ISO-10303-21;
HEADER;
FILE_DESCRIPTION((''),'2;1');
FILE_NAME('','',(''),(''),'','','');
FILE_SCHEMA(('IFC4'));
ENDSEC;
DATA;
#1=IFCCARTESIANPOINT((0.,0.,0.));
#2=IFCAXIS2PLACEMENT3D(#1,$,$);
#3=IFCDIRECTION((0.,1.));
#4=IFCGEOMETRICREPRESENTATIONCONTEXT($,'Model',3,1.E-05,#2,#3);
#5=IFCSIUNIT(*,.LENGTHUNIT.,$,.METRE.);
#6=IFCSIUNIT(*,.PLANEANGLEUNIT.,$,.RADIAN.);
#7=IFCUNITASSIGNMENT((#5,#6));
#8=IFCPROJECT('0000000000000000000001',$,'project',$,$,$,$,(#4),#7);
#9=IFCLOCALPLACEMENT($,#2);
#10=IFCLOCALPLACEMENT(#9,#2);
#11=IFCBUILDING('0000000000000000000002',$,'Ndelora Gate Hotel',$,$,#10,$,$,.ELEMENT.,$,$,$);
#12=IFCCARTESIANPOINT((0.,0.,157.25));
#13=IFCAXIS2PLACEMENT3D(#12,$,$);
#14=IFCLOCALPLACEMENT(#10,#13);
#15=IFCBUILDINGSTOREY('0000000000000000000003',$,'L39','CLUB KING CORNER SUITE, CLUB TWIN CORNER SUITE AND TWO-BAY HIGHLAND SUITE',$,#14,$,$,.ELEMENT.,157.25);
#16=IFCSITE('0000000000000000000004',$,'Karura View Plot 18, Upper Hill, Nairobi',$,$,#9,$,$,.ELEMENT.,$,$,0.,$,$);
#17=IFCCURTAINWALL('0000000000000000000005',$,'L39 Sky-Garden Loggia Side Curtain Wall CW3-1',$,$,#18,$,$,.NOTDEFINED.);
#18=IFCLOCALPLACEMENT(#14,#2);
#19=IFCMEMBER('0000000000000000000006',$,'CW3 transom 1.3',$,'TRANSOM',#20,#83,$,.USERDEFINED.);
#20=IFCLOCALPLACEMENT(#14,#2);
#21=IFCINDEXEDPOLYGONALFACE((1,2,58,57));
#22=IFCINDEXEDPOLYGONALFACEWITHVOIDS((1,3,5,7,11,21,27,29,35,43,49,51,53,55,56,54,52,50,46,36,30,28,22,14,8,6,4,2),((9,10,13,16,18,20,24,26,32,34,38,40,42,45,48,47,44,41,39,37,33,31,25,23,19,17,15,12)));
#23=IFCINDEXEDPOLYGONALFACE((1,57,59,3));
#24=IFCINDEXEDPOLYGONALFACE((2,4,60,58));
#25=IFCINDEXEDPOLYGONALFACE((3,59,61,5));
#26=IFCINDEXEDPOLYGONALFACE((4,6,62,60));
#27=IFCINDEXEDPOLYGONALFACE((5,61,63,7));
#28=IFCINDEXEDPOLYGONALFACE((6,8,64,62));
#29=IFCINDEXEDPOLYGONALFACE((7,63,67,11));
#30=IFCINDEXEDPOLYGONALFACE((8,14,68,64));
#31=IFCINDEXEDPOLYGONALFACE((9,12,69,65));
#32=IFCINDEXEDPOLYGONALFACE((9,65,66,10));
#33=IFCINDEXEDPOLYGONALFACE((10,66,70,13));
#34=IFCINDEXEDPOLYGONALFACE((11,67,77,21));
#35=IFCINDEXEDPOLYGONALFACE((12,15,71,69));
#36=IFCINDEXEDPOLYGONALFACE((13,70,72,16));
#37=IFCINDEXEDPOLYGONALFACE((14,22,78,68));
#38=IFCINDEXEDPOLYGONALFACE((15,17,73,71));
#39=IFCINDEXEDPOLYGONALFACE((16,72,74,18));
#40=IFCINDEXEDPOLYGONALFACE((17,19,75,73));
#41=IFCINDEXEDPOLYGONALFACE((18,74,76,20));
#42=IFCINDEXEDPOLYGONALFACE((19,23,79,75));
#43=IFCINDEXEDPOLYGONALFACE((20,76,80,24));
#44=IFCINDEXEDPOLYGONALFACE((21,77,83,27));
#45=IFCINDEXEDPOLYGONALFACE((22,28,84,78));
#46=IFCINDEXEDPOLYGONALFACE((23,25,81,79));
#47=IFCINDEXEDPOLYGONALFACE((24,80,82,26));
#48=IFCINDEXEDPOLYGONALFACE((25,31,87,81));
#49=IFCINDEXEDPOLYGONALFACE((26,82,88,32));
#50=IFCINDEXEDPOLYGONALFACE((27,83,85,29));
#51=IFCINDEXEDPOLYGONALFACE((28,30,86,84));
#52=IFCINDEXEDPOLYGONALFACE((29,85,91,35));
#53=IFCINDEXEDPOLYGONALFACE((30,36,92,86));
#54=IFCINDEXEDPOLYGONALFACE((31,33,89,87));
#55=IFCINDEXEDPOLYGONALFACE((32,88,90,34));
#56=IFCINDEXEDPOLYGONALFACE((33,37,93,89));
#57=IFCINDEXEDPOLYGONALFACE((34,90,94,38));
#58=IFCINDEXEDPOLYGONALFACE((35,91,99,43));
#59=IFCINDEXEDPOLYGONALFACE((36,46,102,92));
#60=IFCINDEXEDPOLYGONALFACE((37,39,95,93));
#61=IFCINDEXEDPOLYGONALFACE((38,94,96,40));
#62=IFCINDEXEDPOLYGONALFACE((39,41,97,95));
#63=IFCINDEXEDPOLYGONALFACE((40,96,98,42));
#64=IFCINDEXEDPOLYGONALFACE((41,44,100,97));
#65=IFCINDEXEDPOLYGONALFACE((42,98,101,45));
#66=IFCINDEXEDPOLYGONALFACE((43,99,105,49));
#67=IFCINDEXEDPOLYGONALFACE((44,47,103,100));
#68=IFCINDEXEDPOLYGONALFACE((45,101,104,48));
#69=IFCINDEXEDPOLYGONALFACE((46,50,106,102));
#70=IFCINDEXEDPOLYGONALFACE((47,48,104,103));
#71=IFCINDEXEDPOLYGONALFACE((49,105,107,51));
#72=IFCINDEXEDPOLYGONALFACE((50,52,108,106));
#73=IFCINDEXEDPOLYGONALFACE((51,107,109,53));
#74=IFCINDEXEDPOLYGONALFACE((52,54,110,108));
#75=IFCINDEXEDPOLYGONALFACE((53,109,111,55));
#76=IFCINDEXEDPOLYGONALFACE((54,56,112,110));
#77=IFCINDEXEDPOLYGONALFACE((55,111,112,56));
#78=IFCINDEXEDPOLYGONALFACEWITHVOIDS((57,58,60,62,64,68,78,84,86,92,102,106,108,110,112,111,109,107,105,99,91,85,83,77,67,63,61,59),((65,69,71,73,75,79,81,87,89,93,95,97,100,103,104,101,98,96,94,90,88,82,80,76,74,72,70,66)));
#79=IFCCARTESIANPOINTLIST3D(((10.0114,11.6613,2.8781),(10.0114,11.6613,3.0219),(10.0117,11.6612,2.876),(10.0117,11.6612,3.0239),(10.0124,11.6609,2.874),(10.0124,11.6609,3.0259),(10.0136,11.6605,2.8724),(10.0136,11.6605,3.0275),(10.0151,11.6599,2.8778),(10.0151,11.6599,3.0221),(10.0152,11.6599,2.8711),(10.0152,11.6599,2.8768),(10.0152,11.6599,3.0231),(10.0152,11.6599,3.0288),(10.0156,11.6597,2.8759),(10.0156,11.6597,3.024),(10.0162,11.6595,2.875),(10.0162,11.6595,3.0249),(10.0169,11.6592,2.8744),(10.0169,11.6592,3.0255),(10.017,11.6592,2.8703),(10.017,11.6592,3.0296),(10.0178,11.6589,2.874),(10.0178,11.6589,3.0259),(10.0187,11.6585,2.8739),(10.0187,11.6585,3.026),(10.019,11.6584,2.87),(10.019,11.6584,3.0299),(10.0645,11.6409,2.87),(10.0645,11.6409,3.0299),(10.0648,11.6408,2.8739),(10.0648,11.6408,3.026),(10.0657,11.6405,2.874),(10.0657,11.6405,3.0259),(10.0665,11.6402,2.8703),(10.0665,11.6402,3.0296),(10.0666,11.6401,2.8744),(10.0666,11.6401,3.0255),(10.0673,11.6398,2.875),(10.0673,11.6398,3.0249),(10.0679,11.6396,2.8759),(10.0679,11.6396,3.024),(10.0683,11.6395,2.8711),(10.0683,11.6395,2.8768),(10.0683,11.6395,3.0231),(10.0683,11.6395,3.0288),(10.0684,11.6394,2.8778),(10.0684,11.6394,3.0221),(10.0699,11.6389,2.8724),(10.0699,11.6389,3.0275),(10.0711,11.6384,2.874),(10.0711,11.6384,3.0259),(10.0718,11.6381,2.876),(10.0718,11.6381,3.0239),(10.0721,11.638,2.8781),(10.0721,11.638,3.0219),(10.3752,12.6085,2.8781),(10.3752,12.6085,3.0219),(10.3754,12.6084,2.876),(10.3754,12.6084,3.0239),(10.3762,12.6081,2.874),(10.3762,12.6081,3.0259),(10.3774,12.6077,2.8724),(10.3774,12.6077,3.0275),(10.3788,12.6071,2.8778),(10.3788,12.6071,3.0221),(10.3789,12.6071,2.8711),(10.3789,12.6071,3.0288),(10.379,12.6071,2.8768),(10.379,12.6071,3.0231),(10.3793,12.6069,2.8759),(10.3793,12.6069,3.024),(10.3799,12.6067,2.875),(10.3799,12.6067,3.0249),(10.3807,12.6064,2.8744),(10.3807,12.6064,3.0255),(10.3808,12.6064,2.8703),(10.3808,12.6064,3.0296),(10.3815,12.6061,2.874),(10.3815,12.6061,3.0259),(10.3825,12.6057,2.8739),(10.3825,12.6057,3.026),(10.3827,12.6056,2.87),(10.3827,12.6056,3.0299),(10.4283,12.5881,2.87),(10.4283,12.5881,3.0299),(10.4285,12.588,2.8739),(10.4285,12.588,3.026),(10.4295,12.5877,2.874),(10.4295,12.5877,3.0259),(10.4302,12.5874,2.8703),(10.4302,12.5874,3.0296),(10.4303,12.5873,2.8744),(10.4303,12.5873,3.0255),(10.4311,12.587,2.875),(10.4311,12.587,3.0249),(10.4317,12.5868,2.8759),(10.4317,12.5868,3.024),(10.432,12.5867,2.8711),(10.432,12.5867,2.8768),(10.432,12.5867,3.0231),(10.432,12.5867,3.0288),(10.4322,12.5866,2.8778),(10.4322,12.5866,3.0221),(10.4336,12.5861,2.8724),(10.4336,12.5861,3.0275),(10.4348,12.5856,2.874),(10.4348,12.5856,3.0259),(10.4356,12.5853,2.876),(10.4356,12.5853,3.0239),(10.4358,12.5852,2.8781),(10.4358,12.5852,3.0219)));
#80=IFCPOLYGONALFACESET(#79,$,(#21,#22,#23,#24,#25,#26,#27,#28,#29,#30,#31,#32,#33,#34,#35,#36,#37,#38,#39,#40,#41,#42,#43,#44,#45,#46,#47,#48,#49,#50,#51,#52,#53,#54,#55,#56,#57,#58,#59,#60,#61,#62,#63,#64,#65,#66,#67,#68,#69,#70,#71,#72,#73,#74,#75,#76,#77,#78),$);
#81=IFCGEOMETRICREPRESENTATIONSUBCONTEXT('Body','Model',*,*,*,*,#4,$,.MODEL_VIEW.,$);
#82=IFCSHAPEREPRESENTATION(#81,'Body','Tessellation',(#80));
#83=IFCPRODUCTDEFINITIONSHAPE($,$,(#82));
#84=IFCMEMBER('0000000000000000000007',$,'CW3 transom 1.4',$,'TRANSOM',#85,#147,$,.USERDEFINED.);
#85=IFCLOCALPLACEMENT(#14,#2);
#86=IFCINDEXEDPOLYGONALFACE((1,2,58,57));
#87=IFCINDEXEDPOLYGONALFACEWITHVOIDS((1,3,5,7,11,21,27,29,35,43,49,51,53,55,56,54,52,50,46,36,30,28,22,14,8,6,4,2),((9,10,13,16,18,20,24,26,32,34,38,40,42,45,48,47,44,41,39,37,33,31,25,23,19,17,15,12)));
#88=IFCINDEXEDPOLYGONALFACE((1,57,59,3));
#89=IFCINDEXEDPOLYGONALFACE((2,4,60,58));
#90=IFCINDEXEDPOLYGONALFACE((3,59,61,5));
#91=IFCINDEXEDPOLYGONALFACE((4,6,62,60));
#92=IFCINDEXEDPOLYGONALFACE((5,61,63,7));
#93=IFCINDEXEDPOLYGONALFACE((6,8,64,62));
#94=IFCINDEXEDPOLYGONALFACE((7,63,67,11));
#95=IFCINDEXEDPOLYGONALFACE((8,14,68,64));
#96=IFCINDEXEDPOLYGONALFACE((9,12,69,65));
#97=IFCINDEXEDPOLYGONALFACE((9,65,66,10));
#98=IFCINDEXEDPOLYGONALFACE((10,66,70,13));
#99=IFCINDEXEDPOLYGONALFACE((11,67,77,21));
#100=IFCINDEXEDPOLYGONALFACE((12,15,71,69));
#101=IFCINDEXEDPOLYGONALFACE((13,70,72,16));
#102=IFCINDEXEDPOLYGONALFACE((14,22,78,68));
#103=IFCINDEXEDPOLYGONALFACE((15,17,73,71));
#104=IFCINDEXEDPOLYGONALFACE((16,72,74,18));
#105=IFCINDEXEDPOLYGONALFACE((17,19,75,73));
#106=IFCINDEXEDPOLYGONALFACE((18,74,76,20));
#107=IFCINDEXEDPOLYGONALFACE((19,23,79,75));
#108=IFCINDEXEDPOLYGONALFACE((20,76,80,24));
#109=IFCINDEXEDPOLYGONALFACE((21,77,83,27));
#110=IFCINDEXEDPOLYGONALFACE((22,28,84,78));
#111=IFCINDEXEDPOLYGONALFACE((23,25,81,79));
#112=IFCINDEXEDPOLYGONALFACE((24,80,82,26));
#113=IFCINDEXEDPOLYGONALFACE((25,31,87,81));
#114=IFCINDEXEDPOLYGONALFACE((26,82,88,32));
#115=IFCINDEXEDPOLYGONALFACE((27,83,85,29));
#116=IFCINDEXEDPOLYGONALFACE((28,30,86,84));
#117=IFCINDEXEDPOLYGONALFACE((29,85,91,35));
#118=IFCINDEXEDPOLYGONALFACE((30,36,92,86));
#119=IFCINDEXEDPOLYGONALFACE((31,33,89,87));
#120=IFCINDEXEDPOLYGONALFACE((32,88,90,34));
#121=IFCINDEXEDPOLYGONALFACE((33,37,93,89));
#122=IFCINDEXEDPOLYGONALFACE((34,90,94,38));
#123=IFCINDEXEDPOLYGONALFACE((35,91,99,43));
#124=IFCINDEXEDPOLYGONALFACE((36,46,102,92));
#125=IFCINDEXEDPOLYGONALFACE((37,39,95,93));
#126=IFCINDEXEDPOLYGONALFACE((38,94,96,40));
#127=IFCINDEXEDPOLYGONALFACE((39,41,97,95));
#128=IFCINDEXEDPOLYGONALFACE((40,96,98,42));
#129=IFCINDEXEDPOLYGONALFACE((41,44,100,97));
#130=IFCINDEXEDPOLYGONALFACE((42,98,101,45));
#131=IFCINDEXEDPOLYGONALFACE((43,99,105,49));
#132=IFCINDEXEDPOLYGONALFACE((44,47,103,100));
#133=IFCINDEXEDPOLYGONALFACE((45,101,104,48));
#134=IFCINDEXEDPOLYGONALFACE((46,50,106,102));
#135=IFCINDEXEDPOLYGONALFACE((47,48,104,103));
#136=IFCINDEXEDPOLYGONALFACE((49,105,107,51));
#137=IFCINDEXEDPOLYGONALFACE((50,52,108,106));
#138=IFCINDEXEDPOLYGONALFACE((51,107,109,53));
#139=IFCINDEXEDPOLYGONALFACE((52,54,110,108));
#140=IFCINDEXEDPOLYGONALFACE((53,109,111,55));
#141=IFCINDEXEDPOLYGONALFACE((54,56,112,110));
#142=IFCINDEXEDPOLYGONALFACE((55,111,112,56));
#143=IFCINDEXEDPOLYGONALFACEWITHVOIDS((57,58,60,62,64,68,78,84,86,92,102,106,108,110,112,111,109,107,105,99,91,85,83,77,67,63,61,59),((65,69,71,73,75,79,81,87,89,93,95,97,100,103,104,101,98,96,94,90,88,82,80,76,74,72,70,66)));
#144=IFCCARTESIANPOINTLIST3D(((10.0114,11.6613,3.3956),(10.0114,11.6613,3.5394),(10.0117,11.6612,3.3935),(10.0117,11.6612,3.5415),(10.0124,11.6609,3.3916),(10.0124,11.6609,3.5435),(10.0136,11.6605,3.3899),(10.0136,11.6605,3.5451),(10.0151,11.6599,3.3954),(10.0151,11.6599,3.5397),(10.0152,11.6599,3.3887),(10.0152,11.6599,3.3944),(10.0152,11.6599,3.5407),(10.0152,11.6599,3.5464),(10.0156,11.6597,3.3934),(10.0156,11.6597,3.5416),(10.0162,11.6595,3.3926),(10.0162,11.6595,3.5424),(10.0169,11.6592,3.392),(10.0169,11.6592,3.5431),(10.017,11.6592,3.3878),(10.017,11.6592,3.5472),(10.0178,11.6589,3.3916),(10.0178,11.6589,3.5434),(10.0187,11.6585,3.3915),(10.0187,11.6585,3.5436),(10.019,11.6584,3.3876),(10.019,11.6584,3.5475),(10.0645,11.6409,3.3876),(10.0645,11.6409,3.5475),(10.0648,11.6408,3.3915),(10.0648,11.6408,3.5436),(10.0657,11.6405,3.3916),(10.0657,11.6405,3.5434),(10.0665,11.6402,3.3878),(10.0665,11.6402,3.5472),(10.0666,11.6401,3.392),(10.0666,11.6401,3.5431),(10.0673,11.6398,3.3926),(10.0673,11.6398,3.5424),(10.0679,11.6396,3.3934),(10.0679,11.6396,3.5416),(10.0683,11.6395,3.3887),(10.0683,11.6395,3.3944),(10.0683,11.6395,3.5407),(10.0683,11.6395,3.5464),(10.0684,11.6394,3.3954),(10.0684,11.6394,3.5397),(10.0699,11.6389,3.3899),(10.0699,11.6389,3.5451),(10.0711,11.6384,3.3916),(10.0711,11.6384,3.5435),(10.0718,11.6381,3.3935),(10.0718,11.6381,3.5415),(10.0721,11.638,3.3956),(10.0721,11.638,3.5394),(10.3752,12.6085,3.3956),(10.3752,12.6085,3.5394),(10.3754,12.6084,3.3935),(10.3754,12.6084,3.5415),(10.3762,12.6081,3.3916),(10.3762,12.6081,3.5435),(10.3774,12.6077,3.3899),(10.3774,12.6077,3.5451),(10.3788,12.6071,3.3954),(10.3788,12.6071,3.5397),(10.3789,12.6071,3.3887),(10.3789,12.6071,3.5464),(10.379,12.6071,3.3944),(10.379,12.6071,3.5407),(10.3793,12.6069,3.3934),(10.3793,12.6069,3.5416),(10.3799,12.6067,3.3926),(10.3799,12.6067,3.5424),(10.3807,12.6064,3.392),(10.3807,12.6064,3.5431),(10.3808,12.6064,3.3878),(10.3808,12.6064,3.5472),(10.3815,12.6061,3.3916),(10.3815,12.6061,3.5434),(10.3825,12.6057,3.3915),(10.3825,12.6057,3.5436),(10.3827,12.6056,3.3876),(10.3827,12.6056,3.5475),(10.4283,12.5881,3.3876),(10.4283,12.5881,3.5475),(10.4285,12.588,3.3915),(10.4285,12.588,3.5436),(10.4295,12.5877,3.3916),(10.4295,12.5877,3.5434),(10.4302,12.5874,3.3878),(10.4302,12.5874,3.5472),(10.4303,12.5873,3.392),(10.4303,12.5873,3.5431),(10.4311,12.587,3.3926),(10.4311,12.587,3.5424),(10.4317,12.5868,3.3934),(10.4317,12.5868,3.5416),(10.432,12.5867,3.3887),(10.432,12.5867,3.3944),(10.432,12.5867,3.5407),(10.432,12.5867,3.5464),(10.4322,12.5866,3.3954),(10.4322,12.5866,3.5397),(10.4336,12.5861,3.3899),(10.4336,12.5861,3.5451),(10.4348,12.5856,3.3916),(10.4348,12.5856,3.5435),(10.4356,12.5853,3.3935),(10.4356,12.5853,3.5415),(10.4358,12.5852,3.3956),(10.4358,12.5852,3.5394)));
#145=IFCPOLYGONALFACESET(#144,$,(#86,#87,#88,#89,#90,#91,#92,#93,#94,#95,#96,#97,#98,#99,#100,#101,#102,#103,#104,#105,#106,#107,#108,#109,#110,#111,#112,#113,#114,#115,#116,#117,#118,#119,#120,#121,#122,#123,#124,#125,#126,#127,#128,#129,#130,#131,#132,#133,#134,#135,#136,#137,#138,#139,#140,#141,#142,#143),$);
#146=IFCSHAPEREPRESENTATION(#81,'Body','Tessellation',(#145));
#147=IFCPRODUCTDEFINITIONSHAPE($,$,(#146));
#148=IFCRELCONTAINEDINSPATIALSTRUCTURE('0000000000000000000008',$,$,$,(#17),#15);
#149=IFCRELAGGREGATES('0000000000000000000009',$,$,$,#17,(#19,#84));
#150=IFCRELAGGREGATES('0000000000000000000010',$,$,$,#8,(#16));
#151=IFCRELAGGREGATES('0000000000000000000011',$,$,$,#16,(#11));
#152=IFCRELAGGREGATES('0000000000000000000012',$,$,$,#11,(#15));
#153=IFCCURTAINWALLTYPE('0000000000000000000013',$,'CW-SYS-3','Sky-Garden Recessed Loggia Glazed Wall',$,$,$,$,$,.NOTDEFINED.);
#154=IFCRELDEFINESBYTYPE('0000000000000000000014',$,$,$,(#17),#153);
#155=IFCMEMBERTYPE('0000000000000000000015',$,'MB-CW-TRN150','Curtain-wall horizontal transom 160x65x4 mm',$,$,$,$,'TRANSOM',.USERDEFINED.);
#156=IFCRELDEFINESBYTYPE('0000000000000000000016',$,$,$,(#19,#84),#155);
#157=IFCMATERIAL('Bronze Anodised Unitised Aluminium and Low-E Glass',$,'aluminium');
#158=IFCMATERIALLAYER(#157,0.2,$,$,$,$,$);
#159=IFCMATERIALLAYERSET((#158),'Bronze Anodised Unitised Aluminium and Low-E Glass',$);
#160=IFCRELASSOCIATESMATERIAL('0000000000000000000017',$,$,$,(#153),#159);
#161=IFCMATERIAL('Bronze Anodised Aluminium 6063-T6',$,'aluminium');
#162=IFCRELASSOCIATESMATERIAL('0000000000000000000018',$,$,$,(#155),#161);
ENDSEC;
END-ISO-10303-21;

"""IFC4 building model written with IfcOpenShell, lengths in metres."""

from ifc_helpers import new_model, si_unit, direction, frame, origin, origin_2d, place, context, subcontext, project, spatial, hollow_rectangle, extrude, material, layer, layer_set, material_profile, profile_set, type_object, element, aggregate, save


model = new_model("IFC4")

# Units and contexts
model_context = context("Model", 3, precision=1e-05, world=origin(), true_north=direction((0.0, 1.0)))
body_context = subcontext(model_context, "Body", "Model", "MODEL_VIEW")
ifc_project = project(units=[si_unit("LENGTHUNIT", "METRE"), si_unit("PLANEANGLEUNIT", "RADIAN")], contexts=[model_context])

# Site, building, storey
site_placement = place(None, origin())
site = spatial("IfcSite", under=ifc_project, at=site_placement, Name="Karura View Plot 18, Upper Hill, Nairobi", CompositionType="ELEMENT", RefElevation=0.0)
building_placement = place(site_placement, origin())
building = spatial("IfcBuilding", under=site, at=building_placement, Name="Ndelora Gate Hotel", CompositionType="ELEMENT")
storey_placement = place(building_placement, frame((0.0, 0.0, 157.25)))
storey = spatial("IfcBuildingStorey", under=building, at=storey_placement, Name="L39", Description="CLUB KING CORNER SUITE, CLUB TWIN CORNER SUITE AND TWO-BAY HIGHLAND SUITE", CompositionType="ELEMENT", Elevation=157.25)

# Curtain wall, members
ifc_material_1 = material(Name="Bronze Anodised Unitised Aluminium and Low-E Glass", Category="aluminium")
ifc_layer_1 = layer(ifc_material_1, 0.2)
ifc_layer_set_1 = layer_set([ifc_layer_1], Name="Bronze Anodised Unitised Aluminium and Low-E Glass")
curtain_wall_type = type_object("IfcCurtainWallType", Name="CW-SYS-3", Description="Sky-Garden Recessed Loggia Glazed Wall", PredefinedType="NOTDEFINED", material=ifc_layer_set_1)
curtain_wall_placement = place(storey_placement, origin())
curtain_wall = element("IfcCurtainWall", 1, at=curtain_wall_placement, inside=storey, type_object=curtain_wall_type, Name="L39 Sky-Garden Loggia Side Curtain Wall CW3-1", PredefinedType="NOTDEFINED")
ifc_material_2 = material(Name="Bronze Anodised Aluminium 6063-T6", Category="aluminium")
ifc_material_profile_1 = material_profile(ifc_material_2, hollow_rectangle(XDim=0.0649, YDim=0.1599, WallThickness=0.0039, InnerFilletRadius=0.0039, OuterFilletRadius=0.0081, at=origin_2d()), Name="ALU 160x65x4")
ifc_profile_set_1 = profile_set([ifc_material_profile_1], Name="Bronze Anodised Aluminium 6063-T6")
member_type_1 = type_object("IfcMemberType", Name="MB-CW-TRN150", Description="Curtain-wall horizontal transom 160x65x4 mm", ElementType="TRANSOM", PredefinedType="USERDEFINED", material=ifc_profile_set_1)
member_1_placement = place(storey_placement, frame((10.0417, 11.6497, 2.95), z_axis=(0.358495, 0.933532, 0.0), x_axis=(-0.933532, 0.358495, 0.0)))
member_1 = element("IfcMember", 2, at=member_1_placement, type_object=member_type_1, Name="CW3 transom 1.3", ObjectType="TRANSOM", PredefinedType="USERDEFINED", context=body_context, shape_type="SweptSolid", body=[
    extrude(hollow_rectangle(XDim=0.0649, YDim=0.1599, WallThickness=0.0039, InnerFilletRadius=0.0039, OuterFilletRadius=0.0081, at=origin_2d()), origin(), (0.0, 0.0, 1.0), 1.0146),
])
member_2_placement = place(storey_placement, frame((10.0417, 11.6497, 3.4675), z_axis=(0.358495, 0.933532, 0.0), x_axis=(-0.933532, 0.358495, 0.0)))
member_2 = element("IfcMember", 3, at=member_2_placement, type_object=member_type_1, Name="CW3 transom 1.4", ObjectType="TRANSOM", PredefinedType="USERDEFINED", context=body_context, shape_type="SweptSolid", body=[
    extrude(hollow_rectangle(XDim=0.0649, YDim=0.1599, WallThickness=0.0039, InnerFilletRadius=0.0039, OuterFilletRadius=0.0081, at=origin_2d()), origin(), (0.0, 0.0, 1.0), 1.0146),
])
aggregate(curtain_wall, [member_1, member_2])

save(model, "model.ifc")
